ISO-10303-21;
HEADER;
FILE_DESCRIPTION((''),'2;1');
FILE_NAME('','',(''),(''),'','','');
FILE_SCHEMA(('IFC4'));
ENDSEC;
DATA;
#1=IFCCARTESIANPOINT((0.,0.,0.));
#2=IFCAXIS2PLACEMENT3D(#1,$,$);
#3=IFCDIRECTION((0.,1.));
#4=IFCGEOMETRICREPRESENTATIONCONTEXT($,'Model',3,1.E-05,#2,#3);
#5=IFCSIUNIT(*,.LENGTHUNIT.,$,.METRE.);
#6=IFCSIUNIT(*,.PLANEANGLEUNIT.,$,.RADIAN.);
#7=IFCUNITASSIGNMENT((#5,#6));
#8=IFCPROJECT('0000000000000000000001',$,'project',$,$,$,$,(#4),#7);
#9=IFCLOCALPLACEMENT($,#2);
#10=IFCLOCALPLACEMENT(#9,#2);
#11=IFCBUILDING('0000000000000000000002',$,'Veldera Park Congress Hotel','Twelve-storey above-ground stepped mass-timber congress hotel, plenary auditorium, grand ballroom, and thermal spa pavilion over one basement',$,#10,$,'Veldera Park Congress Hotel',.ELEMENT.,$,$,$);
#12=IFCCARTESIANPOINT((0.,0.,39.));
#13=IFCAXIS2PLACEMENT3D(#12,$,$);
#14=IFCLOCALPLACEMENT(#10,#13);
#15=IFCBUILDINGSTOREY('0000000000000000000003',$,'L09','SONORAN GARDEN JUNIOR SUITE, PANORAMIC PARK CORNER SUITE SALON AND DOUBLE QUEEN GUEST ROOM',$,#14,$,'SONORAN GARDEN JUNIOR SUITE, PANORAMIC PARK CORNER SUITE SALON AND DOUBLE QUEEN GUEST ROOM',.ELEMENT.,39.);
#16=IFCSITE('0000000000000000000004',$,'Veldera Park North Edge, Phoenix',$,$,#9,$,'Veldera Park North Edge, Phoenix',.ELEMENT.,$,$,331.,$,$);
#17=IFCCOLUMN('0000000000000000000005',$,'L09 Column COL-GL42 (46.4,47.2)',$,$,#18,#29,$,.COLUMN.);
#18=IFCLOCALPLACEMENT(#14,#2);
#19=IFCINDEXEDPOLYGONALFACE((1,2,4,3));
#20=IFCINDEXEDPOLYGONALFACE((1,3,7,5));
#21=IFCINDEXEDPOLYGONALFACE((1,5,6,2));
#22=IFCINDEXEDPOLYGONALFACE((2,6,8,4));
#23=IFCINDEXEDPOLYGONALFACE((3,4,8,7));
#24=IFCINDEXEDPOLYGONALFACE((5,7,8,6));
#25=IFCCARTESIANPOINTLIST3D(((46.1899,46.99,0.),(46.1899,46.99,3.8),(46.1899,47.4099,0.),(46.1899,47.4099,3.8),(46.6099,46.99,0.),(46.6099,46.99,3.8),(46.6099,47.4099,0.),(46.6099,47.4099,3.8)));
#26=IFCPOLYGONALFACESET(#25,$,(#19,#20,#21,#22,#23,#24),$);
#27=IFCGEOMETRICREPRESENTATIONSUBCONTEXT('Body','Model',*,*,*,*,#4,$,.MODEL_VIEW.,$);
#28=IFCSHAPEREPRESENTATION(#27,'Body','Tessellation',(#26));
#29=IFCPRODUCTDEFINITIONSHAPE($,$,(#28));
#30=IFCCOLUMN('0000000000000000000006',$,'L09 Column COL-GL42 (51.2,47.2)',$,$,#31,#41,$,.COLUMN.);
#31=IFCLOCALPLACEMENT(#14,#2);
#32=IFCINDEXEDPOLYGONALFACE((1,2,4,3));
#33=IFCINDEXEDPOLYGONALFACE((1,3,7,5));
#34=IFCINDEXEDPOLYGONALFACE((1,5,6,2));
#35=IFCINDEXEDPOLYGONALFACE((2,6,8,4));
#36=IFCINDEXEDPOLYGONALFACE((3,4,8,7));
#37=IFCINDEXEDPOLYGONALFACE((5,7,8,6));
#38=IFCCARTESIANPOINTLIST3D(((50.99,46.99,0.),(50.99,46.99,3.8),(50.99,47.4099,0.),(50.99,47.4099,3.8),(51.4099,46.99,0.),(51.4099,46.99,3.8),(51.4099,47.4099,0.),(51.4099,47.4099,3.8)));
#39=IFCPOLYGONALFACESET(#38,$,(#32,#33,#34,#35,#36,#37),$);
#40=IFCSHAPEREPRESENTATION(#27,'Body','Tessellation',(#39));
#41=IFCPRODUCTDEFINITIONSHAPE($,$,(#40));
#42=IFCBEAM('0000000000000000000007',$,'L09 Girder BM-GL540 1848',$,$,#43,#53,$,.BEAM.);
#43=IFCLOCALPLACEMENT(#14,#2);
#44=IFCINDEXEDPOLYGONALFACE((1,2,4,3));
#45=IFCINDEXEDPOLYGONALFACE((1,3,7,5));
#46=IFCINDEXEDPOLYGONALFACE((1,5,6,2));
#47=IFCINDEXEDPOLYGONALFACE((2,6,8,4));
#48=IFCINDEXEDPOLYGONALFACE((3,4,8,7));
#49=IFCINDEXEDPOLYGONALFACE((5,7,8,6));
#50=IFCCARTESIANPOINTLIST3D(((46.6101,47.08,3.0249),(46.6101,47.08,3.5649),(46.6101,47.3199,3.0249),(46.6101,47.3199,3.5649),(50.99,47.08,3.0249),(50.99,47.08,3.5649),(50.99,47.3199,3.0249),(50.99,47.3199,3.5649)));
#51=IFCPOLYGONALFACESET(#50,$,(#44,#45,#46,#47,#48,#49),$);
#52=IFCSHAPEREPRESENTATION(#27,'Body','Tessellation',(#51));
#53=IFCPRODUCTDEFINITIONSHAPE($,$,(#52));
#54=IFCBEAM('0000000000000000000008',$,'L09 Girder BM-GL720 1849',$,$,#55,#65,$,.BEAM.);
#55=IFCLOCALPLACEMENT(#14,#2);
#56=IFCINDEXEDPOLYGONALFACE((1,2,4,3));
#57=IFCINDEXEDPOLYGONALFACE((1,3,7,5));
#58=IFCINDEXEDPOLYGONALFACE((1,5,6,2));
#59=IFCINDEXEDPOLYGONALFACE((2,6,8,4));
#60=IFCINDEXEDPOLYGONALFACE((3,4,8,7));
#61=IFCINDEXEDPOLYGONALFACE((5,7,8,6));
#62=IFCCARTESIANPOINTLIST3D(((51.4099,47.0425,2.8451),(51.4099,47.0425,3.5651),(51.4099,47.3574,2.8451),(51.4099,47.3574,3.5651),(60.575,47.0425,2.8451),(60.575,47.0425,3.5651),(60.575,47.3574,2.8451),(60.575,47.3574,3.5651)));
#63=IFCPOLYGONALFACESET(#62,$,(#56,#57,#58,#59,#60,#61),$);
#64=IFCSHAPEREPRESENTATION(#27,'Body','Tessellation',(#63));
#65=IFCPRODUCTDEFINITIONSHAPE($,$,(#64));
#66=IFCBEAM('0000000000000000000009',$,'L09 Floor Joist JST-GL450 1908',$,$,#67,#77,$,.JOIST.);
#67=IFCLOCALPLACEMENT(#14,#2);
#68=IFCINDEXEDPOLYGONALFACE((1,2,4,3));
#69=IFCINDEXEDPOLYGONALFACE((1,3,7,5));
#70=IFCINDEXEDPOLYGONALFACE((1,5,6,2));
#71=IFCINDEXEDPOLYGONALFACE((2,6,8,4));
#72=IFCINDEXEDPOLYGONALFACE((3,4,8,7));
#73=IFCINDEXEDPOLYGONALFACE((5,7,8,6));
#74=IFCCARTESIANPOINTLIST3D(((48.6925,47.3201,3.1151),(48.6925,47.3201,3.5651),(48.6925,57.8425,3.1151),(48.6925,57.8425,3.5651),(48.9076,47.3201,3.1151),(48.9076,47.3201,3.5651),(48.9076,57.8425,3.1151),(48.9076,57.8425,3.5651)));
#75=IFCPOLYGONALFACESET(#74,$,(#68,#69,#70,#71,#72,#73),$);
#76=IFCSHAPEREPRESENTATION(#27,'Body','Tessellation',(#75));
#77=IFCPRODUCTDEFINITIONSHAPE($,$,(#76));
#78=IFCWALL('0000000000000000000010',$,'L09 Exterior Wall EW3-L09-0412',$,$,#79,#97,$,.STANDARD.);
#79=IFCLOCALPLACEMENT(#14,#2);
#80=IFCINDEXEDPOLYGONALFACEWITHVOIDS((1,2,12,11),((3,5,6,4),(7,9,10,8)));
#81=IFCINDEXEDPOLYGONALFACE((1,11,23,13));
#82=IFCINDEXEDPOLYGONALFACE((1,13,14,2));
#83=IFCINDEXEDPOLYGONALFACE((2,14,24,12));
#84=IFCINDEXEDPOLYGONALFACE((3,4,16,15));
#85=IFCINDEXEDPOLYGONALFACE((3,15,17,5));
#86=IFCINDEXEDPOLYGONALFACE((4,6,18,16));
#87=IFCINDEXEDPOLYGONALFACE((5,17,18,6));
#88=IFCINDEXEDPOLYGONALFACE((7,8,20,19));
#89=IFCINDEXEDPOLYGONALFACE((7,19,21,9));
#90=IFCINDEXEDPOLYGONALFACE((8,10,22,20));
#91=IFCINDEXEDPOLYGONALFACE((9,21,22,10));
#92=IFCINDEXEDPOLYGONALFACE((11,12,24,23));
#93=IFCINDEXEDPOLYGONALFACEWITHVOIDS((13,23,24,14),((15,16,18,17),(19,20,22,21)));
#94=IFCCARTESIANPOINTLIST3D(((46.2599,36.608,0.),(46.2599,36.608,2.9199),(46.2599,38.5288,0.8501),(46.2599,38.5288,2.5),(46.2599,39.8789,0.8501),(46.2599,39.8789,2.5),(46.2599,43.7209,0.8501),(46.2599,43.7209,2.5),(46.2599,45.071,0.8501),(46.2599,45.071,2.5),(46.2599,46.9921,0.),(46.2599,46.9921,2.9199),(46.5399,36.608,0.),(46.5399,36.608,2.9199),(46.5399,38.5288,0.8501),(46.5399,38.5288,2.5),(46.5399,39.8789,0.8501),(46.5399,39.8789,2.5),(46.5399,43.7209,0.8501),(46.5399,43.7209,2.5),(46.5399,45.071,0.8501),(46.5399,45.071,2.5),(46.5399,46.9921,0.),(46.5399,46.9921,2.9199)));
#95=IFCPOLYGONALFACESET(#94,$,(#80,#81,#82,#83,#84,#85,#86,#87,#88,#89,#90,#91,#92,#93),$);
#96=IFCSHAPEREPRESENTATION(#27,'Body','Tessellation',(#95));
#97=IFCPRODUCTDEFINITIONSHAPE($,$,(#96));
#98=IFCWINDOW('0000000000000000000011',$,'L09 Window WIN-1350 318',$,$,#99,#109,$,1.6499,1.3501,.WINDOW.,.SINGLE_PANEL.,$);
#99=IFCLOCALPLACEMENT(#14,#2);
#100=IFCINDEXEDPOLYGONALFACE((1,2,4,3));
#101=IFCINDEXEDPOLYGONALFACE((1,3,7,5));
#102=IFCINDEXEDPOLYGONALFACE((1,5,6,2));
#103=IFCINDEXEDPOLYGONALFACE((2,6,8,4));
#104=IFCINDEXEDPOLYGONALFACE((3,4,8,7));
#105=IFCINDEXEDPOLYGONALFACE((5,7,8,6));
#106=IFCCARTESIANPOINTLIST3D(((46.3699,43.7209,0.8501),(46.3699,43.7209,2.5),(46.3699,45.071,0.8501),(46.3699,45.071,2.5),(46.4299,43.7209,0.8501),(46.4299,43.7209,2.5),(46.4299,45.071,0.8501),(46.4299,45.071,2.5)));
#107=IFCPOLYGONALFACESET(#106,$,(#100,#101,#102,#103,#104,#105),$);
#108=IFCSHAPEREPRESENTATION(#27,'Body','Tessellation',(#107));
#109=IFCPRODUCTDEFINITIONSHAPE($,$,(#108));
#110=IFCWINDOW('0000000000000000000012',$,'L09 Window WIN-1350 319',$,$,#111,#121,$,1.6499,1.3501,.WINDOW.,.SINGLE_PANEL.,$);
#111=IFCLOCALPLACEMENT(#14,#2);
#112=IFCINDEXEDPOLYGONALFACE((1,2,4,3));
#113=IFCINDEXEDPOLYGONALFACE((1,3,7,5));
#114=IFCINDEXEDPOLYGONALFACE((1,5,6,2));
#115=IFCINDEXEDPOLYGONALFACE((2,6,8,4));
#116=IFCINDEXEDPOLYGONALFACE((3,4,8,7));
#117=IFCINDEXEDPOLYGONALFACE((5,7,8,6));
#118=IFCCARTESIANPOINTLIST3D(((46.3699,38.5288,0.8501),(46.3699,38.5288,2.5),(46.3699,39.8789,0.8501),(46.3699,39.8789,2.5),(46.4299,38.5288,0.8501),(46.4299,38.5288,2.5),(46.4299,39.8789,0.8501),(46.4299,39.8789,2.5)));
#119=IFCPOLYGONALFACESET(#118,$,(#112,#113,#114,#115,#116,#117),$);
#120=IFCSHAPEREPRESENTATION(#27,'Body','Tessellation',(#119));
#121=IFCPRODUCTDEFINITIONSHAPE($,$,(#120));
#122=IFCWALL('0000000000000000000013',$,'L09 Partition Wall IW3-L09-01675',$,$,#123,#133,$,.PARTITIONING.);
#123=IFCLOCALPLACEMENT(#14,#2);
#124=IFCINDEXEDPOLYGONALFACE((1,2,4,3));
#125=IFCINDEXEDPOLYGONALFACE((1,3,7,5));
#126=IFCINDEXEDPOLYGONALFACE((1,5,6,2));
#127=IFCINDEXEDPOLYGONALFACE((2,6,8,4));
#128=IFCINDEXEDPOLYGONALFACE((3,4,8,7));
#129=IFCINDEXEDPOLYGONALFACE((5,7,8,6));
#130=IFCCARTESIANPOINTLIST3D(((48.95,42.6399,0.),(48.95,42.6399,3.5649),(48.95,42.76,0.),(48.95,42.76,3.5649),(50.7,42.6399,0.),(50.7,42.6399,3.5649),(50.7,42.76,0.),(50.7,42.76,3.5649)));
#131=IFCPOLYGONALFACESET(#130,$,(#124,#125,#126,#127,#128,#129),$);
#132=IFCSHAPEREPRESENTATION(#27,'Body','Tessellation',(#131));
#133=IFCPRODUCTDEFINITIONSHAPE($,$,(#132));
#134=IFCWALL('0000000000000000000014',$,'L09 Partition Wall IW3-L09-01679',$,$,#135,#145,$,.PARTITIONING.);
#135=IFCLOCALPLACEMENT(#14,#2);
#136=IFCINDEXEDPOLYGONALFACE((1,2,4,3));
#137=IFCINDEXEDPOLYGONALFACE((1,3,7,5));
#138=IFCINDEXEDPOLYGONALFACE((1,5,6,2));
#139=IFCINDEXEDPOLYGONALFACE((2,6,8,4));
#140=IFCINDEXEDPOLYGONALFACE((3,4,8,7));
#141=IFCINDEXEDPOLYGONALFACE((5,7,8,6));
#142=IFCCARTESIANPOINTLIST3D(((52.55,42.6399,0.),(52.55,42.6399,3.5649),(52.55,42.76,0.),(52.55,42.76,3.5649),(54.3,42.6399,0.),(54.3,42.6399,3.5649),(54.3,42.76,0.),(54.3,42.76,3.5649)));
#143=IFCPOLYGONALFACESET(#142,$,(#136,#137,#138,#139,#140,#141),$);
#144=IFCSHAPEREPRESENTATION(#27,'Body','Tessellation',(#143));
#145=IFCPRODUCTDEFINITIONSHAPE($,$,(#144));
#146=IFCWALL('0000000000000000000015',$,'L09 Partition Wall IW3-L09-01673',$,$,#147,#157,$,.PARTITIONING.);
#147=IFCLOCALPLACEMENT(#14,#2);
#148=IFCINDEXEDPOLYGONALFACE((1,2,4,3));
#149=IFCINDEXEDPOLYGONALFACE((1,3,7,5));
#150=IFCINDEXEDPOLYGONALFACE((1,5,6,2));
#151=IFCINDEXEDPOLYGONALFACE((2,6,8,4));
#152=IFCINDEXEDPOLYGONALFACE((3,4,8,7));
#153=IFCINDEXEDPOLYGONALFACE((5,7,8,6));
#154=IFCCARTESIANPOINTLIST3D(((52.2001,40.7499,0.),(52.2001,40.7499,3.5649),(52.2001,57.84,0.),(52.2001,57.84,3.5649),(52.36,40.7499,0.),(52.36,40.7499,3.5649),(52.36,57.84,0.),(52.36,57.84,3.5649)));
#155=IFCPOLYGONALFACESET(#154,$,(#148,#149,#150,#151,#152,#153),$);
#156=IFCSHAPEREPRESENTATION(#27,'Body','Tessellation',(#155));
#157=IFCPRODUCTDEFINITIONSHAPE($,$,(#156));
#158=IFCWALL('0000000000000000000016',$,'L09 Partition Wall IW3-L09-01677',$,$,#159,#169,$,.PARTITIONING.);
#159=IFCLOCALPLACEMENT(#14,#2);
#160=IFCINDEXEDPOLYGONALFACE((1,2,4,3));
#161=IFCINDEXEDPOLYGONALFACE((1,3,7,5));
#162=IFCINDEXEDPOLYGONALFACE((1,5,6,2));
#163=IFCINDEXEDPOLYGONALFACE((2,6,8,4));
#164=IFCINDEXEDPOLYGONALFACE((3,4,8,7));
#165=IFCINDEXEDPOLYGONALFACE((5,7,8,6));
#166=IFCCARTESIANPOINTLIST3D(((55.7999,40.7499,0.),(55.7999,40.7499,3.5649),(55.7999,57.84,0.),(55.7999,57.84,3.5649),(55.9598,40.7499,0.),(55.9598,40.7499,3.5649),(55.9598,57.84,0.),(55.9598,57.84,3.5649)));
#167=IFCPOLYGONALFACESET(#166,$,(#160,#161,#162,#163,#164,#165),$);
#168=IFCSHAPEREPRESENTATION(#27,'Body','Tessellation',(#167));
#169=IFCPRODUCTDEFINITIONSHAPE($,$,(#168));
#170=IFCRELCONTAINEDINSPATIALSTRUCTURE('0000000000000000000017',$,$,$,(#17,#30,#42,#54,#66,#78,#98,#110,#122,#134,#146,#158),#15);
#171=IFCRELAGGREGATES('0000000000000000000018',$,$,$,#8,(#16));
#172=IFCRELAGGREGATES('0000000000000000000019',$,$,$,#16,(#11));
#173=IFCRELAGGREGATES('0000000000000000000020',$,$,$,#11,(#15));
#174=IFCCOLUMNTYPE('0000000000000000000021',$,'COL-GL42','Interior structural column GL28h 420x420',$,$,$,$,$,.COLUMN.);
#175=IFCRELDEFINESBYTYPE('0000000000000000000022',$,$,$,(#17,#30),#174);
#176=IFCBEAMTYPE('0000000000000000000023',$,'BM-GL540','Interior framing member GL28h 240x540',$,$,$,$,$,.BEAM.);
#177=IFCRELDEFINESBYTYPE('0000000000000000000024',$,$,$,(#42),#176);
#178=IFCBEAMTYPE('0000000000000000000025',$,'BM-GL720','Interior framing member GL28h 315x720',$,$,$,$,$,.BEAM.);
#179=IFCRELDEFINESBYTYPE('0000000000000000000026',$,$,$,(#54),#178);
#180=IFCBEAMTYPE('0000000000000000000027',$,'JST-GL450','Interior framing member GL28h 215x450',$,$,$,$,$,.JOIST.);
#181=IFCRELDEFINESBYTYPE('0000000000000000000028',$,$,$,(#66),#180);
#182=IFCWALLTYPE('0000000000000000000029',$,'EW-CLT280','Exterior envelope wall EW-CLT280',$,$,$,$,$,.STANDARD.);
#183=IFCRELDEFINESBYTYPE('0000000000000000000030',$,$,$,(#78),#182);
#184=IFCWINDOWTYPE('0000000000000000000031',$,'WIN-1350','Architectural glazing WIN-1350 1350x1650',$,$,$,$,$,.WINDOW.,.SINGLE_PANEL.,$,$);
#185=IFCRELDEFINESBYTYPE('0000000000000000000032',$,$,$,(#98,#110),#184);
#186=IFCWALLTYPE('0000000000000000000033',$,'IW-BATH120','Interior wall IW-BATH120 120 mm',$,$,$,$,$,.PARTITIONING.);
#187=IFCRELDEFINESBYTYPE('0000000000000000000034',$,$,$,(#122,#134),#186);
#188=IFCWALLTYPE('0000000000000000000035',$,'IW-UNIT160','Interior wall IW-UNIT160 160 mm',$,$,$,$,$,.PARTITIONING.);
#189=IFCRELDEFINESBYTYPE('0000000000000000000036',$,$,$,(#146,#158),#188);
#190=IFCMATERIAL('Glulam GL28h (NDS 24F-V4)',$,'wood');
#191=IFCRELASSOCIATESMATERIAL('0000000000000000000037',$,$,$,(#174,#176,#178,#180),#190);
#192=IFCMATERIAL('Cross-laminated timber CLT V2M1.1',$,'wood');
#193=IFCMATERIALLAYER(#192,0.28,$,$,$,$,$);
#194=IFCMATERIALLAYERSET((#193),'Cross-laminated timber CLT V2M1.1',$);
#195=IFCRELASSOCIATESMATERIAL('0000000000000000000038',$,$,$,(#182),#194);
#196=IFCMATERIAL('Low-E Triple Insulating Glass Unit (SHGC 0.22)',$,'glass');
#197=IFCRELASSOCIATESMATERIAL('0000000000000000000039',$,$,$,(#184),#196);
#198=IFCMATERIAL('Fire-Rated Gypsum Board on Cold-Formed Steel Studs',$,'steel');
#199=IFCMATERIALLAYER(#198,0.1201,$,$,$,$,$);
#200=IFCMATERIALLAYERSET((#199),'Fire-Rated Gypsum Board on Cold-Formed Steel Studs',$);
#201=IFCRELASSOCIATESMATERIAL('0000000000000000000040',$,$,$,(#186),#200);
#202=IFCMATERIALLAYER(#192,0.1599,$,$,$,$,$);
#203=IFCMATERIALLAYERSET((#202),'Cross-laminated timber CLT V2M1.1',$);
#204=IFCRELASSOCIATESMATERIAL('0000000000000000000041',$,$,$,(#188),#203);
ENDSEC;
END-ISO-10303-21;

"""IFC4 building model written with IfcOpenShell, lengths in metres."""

from ifc_helpers import new_model, si_unit, direction, frame, frame_2d, origin, origin_2d, place, context, subcontext, project, spatial, rectangle, extrude, material, layer, layer_set, material_profile, profile_set, type_object, element, fill, save


model = new_model("IFC4")

# Units and contexts
model_context = context("Model", 3, precision=1e-05, world=origin(), true_north=direction((0.0, 1.0)))
body_context = subcontext(model_context, "Body", "Model", "MODEL_VIEW")
ifc_project = project(units=[si_unit("LENGTHUNIT", "METRE"), si_unit("PLANEANGLEUNIT", "RADIAN")], contexts=[model_context])

# Site, building, storey
site_placement = place(None, origin())
site = spatial("IfcSite", under=ifc_project, at=site_placement, Name="Veldera Park North Edge, Phoenix", LongName="Veldera Park North Edge, Phoenix", CompositionType="ELEMENT", RefElevation=331.0)
building_placement = place(site_placement, origin())
building = spatial("IfcBuilding", under=site, at=building_placement, Name="Veldera Park Congress Hotel", Description="Twelve-storey above-ground stepped mass-timber congress hotel, plenary auditorium, grand ballroom, and thermal spa pavilion over one basement", LongName="Veldera Park Congress Hotel", CompositionType="ELEMENT")
storey_placement = place(building_placement, frame((0.0, 0.0, 39.0)))
storey = spatial("IfcBuildingStorey", under=building, at=storey_placement, Name="L09", Description="SONORAN GARDEN JUNIOR SUITE, PANORAMIC PARK CORNER SUITE SALON AND DOUBLE QUEEN GUEST ROOM", LongName="SONORAN GARDEN JUNIOR SUITE, PANORAMIC PARK CORNER SUITE SALON AND DOUBLE QUEEN GUEST ROOM", CompositionType="ELEMENT", Elevation=39.0)

# Columns
ifc_material_1 = material(Name="Glulam GL28h (NDS 24F-V4)", Category="wood")
ifc_material_profile_1 = material_profile(ifc_material_1, rectangle(XDim=0.4199, YDim=0.4199, at=origin_2d()), Name="GL28h 420x420")
ifc_profile_set_1 = profile_set([ifc_material_profile_1], Name="Glulam GL28h (NDS 24F-V4)")
column_type = type_object("IfcColumnType", Name="COL-GL42", Description="Interior structural column GL28h 420x420", PredefinedType="COLUMN", material=ifc_profile_set_1)
for number, where, z_axis, x_axis, name in (
    (1, (46.3999, 47.2, 0.0), (0.0, 0.0, 1.0), (1.0, 0.0, 0.0), "L09 Column COL-GL42 (46.4,47.2)"),
    (2, (51.2, 47.2, 0.0), (0.0, 0.0, 1.0), (1.0, 0.0, 0.0), "L09 Column COL-GL42 (51.2,47.2)"),
):
    element("IfcColumn", number, at=place(storey_placement, frame(where, z_axis=z_axis, x_axis=x_axis)), inside=storey, type_object=column_type, Name=name, PredefinedType="COLUMN", context=body_context, shape_type="SweptSolid", body=[
        extrude(rectangle(XDim=0.4199, YDim=0.4199, at=origin_2d()), origin(), (0.0, 0.0, 1.0), 3.8),
    ])

# Beams
ifc_material_profile_2 = material_profile(ifc_material_1, rectangle(XDim=0.24, YDim=0.54, at=origin_2d()), Name="GL28h 240x540")
ifc_profile_set_2 = profile_set([ifc_material_profile_2], Name="Glulam GL28h (NDS 24F-V4)")
beam_type_1 = type_object("IfcBeamType", Name="BM-GL540", Description="Interior framing member GL28h 240x540", PredefinedType="BEAM", material=ifc_profile_set_2)
beam_1_placement = place(storey_placement, frame((46.6101, 47.2, 3.2949), z_axis=(1.0, 0.0, 0.0), x_axis=(0.0, 1.0, 0.0)))
element("IfcBeam", 3, at=beam_1_placement, inside=storey, type_object=beam_type_1, Name="L09 Girder BM-GL540 1848", PredefinedType="BEAM", context=body_context, shape_type="SweptSolid", body=[
    extrude(rectangle(XDim=0.24, YDim=0.54, at=origin_2d()), origin(), (0.0, 0.0, 1.0), 4.3799),
])
ifc_material_profile_3 = material_profile(ifc_material_1, rectangle(XDim=0.3149, YDim=0.72, at=origin_2d()), Name="GL28h 315x720")
ifc_profile_set_3 = profile_set([ifc_material_profile_3], Name="Glulam GL28h (NDS 24F-V4)")
beam_type_2 = type_object("IfcBeamType", Name="BM-GL720", Description="Interior framing member GL28h 315x720", PredefinedType="BEAM", material=ifc_profile_set_3)
beam_2_placement = place(storey_placement, frame((51.4099, 47.2, 3.2051), z_axis=(1.0, 0.0, 0.0), x_axis=(0.0, 1.0, 0.0)))
element("IfcBeam", 4, at=beam_2_placement, inside=storey, type_object=beam_type_2, Name="L09 Girder BM-GL720 1849", PredefinedType="BEAM", context=body_context, shape_type="SweptSolid", body=[
    extrude(rectangle(XDim=0.3149, YDim=0.72, at=origin_2d()), origin(), (0.0, 0.0, 1.0), 9.165),
])
ifc_material_profile_4 = material_profile(ifc_material_1, rectangle(XDim=0.2151, YDim=0.45, at=origin_2d()), Name="GL28h 215x450")
ifc_profile_set_4 = profile_set([ifc_material_profile_4], Name="Glulam GL28h (NDS 24F-V4)")
beam_type_3 = type_object("IfcBeamType", Name="JST-GL450", Description="Interior framing member GL28h 215x450", PredefinedType="JOIST", material=ifc_profile_set_4)
beam_3_placement = place(storey_placement, frame((48.8, 47.3201, 3.3401), z_axis=(0.0, 1.0, 0.0), x_axis=(-1.0, 0.0, 0.0)))
element("IfcBeam", 5, at=beam_3_placement, inside=storey, type_object=beam_type_3, Name="L09 Floor Joist JST-GL450 1908", PredefinedType="JOIST", context=body_context, shape_type="SweptSolid", body=[
    extrude(rectangle(XDim=0.2151, YDim=0.45, at=origin_2d()), origin(), (0.0, 0.0, 1.0), 10.5225),
])

# Wall, openings, windows
ifc_material_2 = material(Name="Cross-laminated timber CLT V2M1.1", Category="wood")
ifc_layer_1 = layer(ifc_material_2, 0.28)
ifc_layer_set_1 = layer_set([ifc_layer_1], Name="Cross-laminated timber CLT V2M1.1")
wall_type_1 = type_object("IfcWallType", Name="EW-CLT280", Description="Exterior envelope wall EW-CLT280", PredefinedType="STANDARD", material=ifc_layer_set_1)
wall_1_placement = place(storey_placement, frame((46.3999, 46.9919, 0.0), z_axis=(0.0, 0.0, 1.0), x_axis=(0.0, -1.0, 0.0)))
wall_1 = element("IfcWall", 6, at=wall_1_placement, inside=storey, type_object=wall_type_1, Name="L09 Exterior Wall EW3-L09-0412", PredefinedType="STANDARD", context=body_context, shape_type="SweptSolid", body=[
    extrude(rectangle(XDim=10.384, YDim=0.28, at=frame_2d((5.1919, 0.0))), origin(), (0.0, 0.0, 1.0), 2.9199),
])
opening_1_placement = place(wall_1_placement, frame((1.9209, 0.0, 0.8501)))
opening_1 = element("IfcOpeningElement", 7, at=opening_1_placement, cuts=wall_1, PredefinedType="OPENING", context=body_context, shape_type="SweptSolid", body=[
    extrude(rectangle(XDim=1.3501, YDim=1.6499, at=frame_2d((0.675, 0.825))), frame((0.0, 0.1521, 0.0), z_axis=(0.0, -1.0, 0.0), x_axis=(1.0, 0.0, 0.0)), (0.0, 0.0, 1.0), 0.304),
])
opening_2_placement = place(wall_1_placement, frame((7.113, 0.0, 0.8501)))
opening_2 = element("IfcOpeningElement", 8, at=opening_2_placement, cuts=wall_1, PredefinedType="OPENING", context=body_context, shape_type="SweptSolid", body=[
    extrude(rectangle(XDim=1.3501, YDim=1.6499, at=frame_2d((0.675, 0.825))), frame((0.0, 0.1521, 0.0), z_axis=(0.0, -1.0, 0.0), x_axis=(1.0, 0.0, 0.0)), (0.0, 0.0, 1.0), 0.304),
])
ifc_material_3 = material(Name="Low-E Triple Insulating Glass Unit (SHGC 0.22)", Category="glass")
window_type = type_object("IfcWindowType", Name="WIN-1350", Description="Architectural glazing WIN-1350 1350x1650", PartitioningType="SINGLE_PANEL", PredefinedType="WINDOW", material=ifc_material_3)
window_1_placement = place(opening_1_placement, origin())
window_1 = element("IfcWindow", 9, at=window_1_placement, inside=storey, type_object=window_type, Name="L09 Window WIN-1350 318", OverallHeight=1.6499, OverallWidth=1.3501, PartitioningType="SINGLE_PANEL", PredefinedType="WINDOW", context=body_context, shape_type="SweptSolid", body=[
    extrude(rectangle(XDim=1.3501, YDim=1.6499, at=frame_2d((0.675, 0.825))), frame((0.0, 0.03, 0.0), z_axis=(0.0, -1.0, 0.0), x_axis=(1.0, 0.0, 0.0)), (0.0, 0.0, 1.0), 0.0601),
])
fill(opening_1, window_1)
window_2_placement = place(opening_2_placement, origin())
window_2 = element("IfcWindow", 10, at=window_2_placement, inside=storey, type_object=window_type, Name="L09 Window WIN-1350 319", OverallHeight=1.6499, OverallWidth=1.3501, PartitioningType="SINGLE_PANEL", PredefinedType="WINDOW", context=body_context, shape_type="SweptSolid", body=[
    extrude(rectangle(XDim=1.3501, YDim=1.6499, at=frame_2d((0.675, 0.825))), frame((0.0, 0.03, 0.0), z_axis=(0.0, -1.0, 0.0), x_axis=(1.0, 0.0, 0.0)), (0.0, 0.0, 1.0), 0.0601),
])
fill(opening_2, window_2)

# Shared definitions
ifc_material_4 = material(Name="Fire-Rated Gypsum Board on Cold-Formed Steel Studs", Category="steel")
ifc_layer_2 = layer(ifc_material_4, 0.1201)
ifc_layer_set_2 = layer_set([ifc_layer_2], Name="Fire-Rated Gypsum Board on Cold-Formed Steel Studs")
wall_type_2 = type_object("IfcWallType", Name="IW-BATH120", Description="Interior wall IW-BATH120 120 mm", PredefinedType="PARTITIONING", material=ifc_layer_set_2)

# Wall
wall_2_placement = place(storey_placement, frame((48.95, 42.7, 0.0), z_axis=(0.0, 0.0, 1.0), x_axis=(1.0, 0.0, 0.0)))
element("IfcWall", 11, at=wall_2_placement, inside=storey, type_object=wall_type_2, Name="L09 Partition Wall IW3-L09-01675", PredefinedType="PARTITIONING", context=body_context, shape_type="SweptSolid", body=[
    extrude(rectangle(XDim=1.75, YDim=0.1201, at=frame_2d((0.875, 0.0))), origin(), (0.0, 0.0, 1.0), 3.5649),
])

# Walls
wall_3_placement = place(storey_placement, frame((52.55, 42.7, 0.0), z_axis=(0.0, 0.0, 1.0), x_axis=(1.0, 0.0, 0.0)))
element("IfcWall", 12, at=wall_3_placement, inside=storey, type_object=wall_type_2, Name="L09 Partition Wall IW3-L09-01679", PredefinedType="PARTITIONING", context=body_context, shape_type="SweptSolid", body=[
    extrude(rectangle(XDim=1.75, YDim=0.1201, at=frame_2d((0.875, 0.0))), origin(), (0.0, 0.0, 1.0), 3.5649),
])
ifc_layer_3 = layer(ifc_material_2, 0.1599)
ifc_layer_set_3 = layer_set([ifc_layer_3], Name="Cross-laminated timber CLT V2M1.1")
wall_type_3 = type_object("IfcWallType", Name="IW-UNIT160", Description="Interior wall IW-UNIT160 160 mm", PredefinedType="PARTITIONING", material=ifc_layer_set_3)
for number, where, z_axis, x_axis, name in (
    (13, (52.28, 40.75, 0.0), (0.0, 0.0, 1.0), (0.0, 1.0, 0.0), "L09 Partition Wall IW3-L09-01673"),
    (14, (55.8799, 40.75, 0.0), (0.0, 0.0, 1.0), (0.0, 1.0, 0.0), "L09 Partition Wall IW3-L09-01677"),
):
    element("IfcWall", number, at=place(storey_placement, frame(where, z_axis=z_axis, x_axis=x_axis)), inside=storey, type_object=wall_type_3, Name=name, PredefinedType="PARTITIONING", context=body_context, shape_type="SweptSolid", body=[
        extrude(rectangle(XDim=17.0901, YDim=0.1599, at=frame_2d((8.5449, 0.0))), origin(), (0.0, 0.0, 1.0), 3.5649),
    ])

save(model, "model.ifc")
